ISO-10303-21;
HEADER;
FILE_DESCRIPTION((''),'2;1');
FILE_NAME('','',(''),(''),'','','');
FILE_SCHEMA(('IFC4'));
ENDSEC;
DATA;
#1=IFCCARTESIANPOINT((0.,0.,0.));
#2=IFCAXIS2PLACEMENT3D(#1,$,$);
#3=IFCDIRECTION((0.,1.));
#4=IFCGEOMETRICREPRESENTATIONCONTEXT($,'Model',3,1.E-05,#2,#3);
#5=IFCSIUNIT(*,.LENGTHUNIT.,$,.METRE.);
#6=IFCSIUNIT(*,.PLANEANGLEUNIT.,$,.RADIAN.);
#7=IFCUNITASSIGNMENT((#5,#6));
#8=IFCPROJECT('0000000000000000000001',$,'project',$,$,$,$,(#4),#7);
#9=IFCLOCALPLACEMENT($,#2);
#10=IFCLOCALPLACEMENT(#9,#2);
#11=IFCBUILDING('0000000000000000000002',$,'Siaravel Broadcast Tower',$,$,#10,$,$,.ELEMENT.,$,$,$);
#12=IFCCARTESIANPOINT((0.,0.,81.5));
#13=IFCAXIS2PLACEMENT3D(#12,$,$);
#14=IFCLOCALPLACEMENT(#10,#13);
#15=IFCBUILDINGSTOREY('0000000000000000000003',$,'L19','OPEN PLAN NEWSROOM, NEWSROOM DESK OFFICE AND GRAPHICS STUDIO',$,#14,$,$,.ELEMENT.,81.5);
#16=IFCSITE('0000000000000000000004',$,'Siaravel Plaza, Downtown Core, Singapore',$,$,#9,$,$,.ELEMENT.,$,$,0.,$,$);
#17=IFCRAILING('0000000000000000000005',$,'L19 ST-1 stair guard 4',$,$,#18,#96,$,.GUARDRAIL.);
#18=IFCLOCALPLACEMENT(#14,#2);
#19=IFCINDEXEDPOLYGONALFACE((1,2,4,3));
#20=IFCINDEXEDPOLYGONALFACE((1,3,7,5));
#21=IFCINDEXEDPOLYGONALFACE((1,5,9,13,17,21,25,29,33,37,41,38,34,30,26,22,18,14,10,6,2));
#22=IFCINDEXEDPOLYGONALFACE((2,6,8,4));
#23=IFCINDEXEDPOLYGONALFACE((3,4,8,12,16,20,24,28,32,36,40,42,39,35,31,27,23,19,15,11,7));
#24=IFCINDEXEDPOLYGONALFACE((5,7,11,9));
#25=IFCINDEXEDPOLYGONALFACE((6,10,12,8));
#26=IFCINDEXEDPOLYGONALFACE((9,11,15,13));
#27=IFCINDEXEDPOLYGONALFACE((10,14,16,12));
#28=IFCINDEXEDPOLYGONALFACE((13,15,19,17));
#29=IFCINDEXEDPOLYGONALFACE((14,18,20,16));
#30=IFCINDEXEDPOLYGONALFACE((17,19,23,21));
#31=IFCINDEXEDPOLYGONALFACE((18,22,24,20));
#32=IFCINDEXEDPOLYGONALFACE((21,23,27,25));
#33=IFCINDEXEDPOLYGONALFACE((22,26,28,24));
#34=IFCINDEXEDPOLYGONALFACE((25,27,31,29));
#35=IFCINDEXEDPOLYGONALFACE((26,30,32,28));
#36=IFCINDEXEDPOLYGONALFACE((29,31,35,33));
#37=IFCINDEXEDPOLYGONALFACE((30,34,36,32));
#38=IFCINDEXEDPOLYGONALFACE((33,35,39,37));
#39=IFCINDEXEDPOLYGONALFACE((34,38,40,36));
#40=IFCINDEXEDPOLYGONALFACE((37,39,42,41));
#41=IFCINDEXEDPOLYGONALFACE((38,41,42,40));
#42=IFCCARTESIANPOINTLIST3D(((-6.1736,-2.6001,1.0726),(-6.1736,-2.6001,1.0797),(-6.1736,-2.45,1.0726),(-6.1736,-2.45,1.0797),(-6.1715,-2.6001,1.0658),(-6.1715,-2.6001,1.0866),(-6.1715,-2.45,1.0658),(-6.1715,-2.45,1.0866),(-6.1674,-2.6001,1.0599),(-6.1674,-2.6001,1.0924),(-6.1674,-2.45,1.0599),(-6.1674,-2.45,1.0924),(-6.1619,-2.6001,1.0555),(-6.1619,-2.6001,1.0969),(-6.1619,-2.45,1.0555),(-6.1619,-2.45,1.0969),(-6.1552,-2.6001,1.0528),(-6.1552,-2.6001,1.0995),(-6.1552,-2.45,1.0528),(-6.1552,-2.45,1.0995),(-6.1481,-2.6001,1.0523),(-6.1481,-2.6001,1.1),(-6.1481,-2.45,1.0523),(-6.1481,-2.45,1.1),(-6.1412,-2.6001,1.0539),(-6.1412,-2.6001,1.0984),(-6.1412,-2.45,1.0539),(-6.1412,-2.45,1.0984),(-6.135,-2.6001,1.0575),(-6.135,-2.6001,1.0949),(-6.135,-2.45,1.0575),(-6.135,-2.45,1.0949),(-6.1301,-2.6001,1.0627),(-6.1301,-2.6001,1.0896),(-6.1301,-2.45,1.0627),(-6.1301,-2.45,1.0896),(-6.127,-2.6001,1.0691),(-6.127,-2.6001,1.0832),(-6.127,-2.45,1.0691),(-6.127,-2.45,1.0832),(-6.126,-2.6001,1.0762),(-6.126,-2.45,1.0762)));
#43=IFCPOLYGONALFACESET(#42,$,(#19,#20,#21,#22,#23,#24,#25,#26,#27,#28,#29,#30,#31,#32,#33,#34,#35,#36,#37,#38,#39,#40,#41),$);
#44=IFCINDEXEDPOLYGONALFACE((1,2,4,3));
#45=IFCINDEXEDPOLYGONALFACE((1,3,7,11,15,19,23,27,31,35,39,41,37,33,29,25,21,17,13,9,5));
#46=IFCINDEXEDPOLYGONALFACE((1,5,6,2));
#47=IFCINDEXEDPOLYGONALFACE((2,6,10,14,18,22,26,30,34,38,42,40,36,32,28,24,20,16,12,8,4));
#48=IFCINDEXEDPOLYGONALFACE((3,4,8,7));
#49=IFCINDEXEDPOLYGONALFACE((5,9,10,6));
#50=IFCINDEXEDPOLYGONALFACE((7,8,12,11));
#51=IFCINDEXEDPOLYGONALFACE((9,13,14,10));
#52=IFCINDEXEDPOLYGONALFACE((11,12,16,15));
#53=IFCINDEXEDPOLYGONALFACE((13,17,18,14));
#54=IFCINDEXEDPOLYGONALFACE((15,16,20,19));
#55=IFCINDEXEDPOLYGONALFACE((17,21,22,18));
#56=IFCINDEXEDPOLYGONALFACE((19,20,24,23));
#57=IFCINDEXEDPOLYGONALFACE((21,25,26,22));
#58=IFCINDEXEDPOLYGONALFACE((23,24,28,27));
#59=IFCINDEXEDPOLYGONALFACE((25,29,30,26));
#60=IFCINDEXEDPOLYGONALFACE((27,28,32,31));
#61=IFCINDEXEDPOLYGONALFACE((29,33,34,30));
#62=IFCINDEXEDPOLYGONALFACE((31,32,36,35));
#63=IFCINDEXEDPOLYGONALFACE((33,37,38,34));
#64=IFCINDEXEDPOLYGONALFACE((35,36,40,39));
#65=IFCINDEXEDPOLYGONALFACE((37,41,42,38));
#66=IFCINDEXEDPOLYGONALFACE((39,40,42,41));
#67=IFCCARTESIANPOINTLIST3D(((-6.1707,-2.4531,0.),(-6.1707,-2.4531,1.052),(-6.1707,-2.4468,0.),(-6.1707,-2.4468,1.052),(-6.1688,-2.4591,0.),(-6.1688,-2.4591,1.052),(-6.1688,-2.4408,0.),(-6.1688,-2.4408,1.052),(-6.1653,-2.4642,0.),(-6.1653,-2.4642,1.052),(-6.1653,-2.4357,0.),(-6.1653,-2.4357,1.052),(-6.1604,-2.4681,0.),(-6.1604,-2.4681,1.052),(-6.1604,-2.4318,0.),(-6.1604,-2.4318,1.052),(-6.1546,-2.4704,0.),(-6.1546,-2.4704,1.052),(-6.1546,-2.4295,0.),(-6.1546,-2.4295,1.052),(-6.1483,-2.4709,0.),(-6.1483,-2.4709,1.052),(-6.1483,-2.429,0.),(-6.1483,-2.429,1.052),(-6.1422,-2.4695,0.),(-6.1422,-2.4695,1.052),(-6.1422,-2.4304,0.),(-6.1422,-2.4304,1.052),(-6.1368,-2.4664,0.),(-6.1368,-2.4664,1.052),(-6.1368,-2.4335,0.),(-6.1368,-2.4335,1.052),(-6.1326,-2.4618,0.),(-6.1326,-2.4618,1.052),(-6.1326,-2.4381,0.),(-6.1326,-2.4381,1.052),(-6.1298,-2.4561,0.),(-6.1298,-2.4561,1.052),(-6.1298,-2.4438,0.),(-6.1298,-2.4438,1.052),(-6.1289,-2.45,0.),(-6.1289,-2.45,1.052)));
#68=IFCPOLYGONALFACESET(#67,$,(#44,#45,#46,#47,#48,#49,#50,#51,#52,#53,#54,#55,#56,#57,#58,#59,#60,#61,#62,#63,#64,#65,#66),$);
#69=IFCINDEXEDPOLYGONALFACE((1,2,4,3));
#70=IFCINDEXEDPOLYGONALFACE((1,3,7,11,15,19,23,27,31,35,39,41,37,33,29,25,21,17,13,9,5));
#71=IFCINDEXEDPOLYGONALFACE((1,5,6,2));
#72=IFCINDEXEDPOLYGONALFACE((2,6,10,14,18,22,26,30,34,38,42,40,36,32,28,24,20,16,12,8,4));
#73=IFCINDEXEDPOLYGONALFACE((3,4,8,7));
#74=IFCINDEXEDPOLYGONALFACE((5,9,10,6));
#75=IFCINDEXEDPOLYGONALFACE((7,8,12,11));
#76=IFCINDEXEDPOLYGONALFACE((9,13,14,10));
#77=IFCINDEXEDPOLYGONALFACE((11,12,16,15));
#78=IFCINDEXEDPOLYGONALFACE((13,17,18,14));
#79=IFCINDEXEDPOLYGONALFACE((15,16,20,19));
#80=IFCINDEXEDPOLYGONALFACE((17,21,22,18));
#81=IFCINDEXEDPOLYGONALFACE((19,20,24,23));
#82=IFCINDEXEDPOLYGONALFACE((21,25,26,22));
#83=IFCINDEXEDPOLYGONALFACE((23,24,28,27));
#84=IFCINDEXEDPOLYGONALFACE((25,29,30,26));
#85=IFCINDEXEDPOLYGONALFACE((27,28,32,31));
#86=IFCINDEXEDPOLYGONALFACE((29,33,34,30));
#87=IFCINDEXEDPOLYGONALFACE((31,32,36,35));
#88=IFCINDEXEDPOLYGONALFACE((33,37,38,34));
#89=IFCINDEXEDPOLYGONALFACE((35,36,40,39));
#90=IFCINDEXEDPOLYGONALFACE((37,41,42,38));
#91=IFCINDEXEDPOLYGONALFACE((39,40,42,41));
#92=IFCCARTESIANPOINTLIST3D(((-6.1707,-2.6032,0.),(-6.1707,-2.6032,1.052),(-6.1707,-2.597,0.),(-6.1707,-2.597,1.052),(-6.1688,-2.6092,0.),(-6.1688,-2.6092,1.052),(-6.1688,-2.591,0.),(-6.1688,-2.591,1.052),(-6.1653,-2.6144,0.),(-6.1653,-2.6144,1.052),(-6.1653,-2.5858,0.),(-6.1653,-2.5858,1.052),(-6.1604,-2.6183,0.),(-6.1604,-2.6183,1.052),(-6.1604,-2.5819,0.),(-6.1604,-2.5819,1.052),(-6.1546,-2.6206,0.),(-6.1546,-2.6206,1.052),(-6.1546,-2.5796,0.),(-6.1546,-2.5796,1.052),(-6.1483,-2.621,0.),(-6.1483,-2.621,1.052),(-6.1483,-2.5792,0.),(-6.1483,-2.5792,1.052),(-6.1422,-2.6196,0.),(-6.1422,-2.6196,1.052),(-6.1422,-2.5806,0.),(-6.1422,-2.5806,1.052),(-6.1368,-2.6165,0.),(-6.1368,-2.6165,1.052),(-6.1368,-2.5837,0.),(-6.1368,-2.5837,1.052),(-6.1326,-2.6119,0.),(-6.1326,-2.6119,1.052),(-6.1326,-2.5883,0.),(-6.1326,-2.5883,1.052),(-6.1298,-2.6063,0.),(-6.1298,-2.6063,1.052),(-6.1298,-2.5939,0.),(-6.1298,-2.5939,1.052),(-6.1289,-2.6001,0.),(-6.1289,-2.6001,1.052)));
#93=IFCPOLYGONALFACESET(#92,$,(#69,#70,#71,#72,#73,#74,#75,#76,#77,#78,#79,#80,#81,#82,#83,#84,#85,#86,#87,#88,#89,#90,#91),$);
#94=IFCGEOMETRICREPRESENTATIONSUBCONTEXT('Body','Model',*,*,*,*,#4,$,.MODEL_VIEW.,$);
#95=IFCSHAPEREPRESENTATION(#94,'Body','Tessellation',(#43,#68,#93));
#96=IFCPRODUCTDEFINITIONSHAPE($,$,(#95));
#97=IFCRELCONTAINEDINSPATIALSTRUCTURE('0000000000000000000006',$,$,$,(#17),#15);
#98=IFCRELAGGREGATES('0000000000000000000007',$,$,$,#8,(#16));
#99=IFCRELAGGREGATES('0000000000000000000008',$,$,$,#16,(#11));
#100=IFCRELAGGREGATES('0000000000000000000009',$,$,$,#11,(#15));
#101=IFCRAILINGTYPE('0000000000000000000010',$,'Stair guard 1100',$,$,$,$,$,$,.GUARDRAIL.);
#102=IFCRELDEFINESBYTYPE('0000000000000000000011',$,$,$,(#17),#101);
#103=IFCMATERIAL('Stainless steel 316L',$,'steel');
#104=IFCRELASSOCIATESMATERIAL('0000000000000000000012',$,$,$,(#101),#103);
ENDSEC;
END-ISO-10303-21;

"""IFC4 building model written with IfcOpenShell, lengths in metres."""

from ifc_helpers import new_model, si_unit, direction, frame, origin, origin_2d, place, context, subcontext, project, spatial, circle, extrude, material, type_object, element, save


model = new_model("IFC4")

# Units and contexts
model_context = context("Model", 3, precision=1e-05, world=origin(), true_north=direction((0.0, 1.0)))
body_context = subcontext(model_context, "Body", "Model", "MODEL_VIEW")
ifc_project = project(units=[si_unit("LENGTHUNIT", "METRE"), si_unit("PLANEANGLEUNIT", "RADIAN")], contexts=[model_context])

# Site, building, storey
site_placement = place(None, origin())
site = spatial("IfcSite", under=ifc_project, at=site_placement, Name="Siaravel Plaza, Downtown Core, Singapore", CompositionType="ELEMENT", RefElevation=0.0)
building_placement = place(site_placement, origin())
building = spatial("IfcBuilding", under=site, at=building_placement, Name="Siaravel Broadcast Tower", CompositionType="ELEMENT")
storey_placement = place(building_placement, frame((0.0, 0.0, 81.5)))
storey = spatial("IfcBuildingStorey", under=building, at=storey_placement, Name="L19", Description="OPEN PLAN NEWSROOM, NEWSROOM DESK OFFICE AND GRAPHICS STUDIO", CompositionType="ELEMENT", Elevation=81.5)

# Shared definitions
ifc_material_1 = material(Name="Stainless steel 316L", Category="steel")

# Railing
railing_type_1 = type_object("IfcRailingType", Name="Stair guard 1100", PredefinedType="GUARDRAIL", material=ifc_material_1)
railing_1_placement = place(storey_placement, frame((-6.1499, -2.45, 0.0)))
element("IfcRailing", 1, at=railing_1_placement, inside=storey, type_object=railing_type_1, Name="L19 ST-1 stair guard 4", PredefinedType="GUARDRAIL", context=body_context, shape_type="SweptSolid", body=[
    extrude(circle(Radius=0.0239, at=origin_2d()), frame((0.0, 0.0, 1.0762), z_axis=(0.0, -1.0, 0.0), x_axis=(1.0, 0.0, 0.0)), (0.0, 0.0, 1.0), 0.1501),
    extrude(circle(Radius=0.021, at=origin_2d()), origin(), (0.0, 0.0, 1.0), 1.052),
    extrude(circle(Radius=0.021, at=origin_2d()), frame((0.0, -0.1501, 0.0)), (0.0, 0.0, 1.0), 1.052),
])

save(model, "model.ifc")
